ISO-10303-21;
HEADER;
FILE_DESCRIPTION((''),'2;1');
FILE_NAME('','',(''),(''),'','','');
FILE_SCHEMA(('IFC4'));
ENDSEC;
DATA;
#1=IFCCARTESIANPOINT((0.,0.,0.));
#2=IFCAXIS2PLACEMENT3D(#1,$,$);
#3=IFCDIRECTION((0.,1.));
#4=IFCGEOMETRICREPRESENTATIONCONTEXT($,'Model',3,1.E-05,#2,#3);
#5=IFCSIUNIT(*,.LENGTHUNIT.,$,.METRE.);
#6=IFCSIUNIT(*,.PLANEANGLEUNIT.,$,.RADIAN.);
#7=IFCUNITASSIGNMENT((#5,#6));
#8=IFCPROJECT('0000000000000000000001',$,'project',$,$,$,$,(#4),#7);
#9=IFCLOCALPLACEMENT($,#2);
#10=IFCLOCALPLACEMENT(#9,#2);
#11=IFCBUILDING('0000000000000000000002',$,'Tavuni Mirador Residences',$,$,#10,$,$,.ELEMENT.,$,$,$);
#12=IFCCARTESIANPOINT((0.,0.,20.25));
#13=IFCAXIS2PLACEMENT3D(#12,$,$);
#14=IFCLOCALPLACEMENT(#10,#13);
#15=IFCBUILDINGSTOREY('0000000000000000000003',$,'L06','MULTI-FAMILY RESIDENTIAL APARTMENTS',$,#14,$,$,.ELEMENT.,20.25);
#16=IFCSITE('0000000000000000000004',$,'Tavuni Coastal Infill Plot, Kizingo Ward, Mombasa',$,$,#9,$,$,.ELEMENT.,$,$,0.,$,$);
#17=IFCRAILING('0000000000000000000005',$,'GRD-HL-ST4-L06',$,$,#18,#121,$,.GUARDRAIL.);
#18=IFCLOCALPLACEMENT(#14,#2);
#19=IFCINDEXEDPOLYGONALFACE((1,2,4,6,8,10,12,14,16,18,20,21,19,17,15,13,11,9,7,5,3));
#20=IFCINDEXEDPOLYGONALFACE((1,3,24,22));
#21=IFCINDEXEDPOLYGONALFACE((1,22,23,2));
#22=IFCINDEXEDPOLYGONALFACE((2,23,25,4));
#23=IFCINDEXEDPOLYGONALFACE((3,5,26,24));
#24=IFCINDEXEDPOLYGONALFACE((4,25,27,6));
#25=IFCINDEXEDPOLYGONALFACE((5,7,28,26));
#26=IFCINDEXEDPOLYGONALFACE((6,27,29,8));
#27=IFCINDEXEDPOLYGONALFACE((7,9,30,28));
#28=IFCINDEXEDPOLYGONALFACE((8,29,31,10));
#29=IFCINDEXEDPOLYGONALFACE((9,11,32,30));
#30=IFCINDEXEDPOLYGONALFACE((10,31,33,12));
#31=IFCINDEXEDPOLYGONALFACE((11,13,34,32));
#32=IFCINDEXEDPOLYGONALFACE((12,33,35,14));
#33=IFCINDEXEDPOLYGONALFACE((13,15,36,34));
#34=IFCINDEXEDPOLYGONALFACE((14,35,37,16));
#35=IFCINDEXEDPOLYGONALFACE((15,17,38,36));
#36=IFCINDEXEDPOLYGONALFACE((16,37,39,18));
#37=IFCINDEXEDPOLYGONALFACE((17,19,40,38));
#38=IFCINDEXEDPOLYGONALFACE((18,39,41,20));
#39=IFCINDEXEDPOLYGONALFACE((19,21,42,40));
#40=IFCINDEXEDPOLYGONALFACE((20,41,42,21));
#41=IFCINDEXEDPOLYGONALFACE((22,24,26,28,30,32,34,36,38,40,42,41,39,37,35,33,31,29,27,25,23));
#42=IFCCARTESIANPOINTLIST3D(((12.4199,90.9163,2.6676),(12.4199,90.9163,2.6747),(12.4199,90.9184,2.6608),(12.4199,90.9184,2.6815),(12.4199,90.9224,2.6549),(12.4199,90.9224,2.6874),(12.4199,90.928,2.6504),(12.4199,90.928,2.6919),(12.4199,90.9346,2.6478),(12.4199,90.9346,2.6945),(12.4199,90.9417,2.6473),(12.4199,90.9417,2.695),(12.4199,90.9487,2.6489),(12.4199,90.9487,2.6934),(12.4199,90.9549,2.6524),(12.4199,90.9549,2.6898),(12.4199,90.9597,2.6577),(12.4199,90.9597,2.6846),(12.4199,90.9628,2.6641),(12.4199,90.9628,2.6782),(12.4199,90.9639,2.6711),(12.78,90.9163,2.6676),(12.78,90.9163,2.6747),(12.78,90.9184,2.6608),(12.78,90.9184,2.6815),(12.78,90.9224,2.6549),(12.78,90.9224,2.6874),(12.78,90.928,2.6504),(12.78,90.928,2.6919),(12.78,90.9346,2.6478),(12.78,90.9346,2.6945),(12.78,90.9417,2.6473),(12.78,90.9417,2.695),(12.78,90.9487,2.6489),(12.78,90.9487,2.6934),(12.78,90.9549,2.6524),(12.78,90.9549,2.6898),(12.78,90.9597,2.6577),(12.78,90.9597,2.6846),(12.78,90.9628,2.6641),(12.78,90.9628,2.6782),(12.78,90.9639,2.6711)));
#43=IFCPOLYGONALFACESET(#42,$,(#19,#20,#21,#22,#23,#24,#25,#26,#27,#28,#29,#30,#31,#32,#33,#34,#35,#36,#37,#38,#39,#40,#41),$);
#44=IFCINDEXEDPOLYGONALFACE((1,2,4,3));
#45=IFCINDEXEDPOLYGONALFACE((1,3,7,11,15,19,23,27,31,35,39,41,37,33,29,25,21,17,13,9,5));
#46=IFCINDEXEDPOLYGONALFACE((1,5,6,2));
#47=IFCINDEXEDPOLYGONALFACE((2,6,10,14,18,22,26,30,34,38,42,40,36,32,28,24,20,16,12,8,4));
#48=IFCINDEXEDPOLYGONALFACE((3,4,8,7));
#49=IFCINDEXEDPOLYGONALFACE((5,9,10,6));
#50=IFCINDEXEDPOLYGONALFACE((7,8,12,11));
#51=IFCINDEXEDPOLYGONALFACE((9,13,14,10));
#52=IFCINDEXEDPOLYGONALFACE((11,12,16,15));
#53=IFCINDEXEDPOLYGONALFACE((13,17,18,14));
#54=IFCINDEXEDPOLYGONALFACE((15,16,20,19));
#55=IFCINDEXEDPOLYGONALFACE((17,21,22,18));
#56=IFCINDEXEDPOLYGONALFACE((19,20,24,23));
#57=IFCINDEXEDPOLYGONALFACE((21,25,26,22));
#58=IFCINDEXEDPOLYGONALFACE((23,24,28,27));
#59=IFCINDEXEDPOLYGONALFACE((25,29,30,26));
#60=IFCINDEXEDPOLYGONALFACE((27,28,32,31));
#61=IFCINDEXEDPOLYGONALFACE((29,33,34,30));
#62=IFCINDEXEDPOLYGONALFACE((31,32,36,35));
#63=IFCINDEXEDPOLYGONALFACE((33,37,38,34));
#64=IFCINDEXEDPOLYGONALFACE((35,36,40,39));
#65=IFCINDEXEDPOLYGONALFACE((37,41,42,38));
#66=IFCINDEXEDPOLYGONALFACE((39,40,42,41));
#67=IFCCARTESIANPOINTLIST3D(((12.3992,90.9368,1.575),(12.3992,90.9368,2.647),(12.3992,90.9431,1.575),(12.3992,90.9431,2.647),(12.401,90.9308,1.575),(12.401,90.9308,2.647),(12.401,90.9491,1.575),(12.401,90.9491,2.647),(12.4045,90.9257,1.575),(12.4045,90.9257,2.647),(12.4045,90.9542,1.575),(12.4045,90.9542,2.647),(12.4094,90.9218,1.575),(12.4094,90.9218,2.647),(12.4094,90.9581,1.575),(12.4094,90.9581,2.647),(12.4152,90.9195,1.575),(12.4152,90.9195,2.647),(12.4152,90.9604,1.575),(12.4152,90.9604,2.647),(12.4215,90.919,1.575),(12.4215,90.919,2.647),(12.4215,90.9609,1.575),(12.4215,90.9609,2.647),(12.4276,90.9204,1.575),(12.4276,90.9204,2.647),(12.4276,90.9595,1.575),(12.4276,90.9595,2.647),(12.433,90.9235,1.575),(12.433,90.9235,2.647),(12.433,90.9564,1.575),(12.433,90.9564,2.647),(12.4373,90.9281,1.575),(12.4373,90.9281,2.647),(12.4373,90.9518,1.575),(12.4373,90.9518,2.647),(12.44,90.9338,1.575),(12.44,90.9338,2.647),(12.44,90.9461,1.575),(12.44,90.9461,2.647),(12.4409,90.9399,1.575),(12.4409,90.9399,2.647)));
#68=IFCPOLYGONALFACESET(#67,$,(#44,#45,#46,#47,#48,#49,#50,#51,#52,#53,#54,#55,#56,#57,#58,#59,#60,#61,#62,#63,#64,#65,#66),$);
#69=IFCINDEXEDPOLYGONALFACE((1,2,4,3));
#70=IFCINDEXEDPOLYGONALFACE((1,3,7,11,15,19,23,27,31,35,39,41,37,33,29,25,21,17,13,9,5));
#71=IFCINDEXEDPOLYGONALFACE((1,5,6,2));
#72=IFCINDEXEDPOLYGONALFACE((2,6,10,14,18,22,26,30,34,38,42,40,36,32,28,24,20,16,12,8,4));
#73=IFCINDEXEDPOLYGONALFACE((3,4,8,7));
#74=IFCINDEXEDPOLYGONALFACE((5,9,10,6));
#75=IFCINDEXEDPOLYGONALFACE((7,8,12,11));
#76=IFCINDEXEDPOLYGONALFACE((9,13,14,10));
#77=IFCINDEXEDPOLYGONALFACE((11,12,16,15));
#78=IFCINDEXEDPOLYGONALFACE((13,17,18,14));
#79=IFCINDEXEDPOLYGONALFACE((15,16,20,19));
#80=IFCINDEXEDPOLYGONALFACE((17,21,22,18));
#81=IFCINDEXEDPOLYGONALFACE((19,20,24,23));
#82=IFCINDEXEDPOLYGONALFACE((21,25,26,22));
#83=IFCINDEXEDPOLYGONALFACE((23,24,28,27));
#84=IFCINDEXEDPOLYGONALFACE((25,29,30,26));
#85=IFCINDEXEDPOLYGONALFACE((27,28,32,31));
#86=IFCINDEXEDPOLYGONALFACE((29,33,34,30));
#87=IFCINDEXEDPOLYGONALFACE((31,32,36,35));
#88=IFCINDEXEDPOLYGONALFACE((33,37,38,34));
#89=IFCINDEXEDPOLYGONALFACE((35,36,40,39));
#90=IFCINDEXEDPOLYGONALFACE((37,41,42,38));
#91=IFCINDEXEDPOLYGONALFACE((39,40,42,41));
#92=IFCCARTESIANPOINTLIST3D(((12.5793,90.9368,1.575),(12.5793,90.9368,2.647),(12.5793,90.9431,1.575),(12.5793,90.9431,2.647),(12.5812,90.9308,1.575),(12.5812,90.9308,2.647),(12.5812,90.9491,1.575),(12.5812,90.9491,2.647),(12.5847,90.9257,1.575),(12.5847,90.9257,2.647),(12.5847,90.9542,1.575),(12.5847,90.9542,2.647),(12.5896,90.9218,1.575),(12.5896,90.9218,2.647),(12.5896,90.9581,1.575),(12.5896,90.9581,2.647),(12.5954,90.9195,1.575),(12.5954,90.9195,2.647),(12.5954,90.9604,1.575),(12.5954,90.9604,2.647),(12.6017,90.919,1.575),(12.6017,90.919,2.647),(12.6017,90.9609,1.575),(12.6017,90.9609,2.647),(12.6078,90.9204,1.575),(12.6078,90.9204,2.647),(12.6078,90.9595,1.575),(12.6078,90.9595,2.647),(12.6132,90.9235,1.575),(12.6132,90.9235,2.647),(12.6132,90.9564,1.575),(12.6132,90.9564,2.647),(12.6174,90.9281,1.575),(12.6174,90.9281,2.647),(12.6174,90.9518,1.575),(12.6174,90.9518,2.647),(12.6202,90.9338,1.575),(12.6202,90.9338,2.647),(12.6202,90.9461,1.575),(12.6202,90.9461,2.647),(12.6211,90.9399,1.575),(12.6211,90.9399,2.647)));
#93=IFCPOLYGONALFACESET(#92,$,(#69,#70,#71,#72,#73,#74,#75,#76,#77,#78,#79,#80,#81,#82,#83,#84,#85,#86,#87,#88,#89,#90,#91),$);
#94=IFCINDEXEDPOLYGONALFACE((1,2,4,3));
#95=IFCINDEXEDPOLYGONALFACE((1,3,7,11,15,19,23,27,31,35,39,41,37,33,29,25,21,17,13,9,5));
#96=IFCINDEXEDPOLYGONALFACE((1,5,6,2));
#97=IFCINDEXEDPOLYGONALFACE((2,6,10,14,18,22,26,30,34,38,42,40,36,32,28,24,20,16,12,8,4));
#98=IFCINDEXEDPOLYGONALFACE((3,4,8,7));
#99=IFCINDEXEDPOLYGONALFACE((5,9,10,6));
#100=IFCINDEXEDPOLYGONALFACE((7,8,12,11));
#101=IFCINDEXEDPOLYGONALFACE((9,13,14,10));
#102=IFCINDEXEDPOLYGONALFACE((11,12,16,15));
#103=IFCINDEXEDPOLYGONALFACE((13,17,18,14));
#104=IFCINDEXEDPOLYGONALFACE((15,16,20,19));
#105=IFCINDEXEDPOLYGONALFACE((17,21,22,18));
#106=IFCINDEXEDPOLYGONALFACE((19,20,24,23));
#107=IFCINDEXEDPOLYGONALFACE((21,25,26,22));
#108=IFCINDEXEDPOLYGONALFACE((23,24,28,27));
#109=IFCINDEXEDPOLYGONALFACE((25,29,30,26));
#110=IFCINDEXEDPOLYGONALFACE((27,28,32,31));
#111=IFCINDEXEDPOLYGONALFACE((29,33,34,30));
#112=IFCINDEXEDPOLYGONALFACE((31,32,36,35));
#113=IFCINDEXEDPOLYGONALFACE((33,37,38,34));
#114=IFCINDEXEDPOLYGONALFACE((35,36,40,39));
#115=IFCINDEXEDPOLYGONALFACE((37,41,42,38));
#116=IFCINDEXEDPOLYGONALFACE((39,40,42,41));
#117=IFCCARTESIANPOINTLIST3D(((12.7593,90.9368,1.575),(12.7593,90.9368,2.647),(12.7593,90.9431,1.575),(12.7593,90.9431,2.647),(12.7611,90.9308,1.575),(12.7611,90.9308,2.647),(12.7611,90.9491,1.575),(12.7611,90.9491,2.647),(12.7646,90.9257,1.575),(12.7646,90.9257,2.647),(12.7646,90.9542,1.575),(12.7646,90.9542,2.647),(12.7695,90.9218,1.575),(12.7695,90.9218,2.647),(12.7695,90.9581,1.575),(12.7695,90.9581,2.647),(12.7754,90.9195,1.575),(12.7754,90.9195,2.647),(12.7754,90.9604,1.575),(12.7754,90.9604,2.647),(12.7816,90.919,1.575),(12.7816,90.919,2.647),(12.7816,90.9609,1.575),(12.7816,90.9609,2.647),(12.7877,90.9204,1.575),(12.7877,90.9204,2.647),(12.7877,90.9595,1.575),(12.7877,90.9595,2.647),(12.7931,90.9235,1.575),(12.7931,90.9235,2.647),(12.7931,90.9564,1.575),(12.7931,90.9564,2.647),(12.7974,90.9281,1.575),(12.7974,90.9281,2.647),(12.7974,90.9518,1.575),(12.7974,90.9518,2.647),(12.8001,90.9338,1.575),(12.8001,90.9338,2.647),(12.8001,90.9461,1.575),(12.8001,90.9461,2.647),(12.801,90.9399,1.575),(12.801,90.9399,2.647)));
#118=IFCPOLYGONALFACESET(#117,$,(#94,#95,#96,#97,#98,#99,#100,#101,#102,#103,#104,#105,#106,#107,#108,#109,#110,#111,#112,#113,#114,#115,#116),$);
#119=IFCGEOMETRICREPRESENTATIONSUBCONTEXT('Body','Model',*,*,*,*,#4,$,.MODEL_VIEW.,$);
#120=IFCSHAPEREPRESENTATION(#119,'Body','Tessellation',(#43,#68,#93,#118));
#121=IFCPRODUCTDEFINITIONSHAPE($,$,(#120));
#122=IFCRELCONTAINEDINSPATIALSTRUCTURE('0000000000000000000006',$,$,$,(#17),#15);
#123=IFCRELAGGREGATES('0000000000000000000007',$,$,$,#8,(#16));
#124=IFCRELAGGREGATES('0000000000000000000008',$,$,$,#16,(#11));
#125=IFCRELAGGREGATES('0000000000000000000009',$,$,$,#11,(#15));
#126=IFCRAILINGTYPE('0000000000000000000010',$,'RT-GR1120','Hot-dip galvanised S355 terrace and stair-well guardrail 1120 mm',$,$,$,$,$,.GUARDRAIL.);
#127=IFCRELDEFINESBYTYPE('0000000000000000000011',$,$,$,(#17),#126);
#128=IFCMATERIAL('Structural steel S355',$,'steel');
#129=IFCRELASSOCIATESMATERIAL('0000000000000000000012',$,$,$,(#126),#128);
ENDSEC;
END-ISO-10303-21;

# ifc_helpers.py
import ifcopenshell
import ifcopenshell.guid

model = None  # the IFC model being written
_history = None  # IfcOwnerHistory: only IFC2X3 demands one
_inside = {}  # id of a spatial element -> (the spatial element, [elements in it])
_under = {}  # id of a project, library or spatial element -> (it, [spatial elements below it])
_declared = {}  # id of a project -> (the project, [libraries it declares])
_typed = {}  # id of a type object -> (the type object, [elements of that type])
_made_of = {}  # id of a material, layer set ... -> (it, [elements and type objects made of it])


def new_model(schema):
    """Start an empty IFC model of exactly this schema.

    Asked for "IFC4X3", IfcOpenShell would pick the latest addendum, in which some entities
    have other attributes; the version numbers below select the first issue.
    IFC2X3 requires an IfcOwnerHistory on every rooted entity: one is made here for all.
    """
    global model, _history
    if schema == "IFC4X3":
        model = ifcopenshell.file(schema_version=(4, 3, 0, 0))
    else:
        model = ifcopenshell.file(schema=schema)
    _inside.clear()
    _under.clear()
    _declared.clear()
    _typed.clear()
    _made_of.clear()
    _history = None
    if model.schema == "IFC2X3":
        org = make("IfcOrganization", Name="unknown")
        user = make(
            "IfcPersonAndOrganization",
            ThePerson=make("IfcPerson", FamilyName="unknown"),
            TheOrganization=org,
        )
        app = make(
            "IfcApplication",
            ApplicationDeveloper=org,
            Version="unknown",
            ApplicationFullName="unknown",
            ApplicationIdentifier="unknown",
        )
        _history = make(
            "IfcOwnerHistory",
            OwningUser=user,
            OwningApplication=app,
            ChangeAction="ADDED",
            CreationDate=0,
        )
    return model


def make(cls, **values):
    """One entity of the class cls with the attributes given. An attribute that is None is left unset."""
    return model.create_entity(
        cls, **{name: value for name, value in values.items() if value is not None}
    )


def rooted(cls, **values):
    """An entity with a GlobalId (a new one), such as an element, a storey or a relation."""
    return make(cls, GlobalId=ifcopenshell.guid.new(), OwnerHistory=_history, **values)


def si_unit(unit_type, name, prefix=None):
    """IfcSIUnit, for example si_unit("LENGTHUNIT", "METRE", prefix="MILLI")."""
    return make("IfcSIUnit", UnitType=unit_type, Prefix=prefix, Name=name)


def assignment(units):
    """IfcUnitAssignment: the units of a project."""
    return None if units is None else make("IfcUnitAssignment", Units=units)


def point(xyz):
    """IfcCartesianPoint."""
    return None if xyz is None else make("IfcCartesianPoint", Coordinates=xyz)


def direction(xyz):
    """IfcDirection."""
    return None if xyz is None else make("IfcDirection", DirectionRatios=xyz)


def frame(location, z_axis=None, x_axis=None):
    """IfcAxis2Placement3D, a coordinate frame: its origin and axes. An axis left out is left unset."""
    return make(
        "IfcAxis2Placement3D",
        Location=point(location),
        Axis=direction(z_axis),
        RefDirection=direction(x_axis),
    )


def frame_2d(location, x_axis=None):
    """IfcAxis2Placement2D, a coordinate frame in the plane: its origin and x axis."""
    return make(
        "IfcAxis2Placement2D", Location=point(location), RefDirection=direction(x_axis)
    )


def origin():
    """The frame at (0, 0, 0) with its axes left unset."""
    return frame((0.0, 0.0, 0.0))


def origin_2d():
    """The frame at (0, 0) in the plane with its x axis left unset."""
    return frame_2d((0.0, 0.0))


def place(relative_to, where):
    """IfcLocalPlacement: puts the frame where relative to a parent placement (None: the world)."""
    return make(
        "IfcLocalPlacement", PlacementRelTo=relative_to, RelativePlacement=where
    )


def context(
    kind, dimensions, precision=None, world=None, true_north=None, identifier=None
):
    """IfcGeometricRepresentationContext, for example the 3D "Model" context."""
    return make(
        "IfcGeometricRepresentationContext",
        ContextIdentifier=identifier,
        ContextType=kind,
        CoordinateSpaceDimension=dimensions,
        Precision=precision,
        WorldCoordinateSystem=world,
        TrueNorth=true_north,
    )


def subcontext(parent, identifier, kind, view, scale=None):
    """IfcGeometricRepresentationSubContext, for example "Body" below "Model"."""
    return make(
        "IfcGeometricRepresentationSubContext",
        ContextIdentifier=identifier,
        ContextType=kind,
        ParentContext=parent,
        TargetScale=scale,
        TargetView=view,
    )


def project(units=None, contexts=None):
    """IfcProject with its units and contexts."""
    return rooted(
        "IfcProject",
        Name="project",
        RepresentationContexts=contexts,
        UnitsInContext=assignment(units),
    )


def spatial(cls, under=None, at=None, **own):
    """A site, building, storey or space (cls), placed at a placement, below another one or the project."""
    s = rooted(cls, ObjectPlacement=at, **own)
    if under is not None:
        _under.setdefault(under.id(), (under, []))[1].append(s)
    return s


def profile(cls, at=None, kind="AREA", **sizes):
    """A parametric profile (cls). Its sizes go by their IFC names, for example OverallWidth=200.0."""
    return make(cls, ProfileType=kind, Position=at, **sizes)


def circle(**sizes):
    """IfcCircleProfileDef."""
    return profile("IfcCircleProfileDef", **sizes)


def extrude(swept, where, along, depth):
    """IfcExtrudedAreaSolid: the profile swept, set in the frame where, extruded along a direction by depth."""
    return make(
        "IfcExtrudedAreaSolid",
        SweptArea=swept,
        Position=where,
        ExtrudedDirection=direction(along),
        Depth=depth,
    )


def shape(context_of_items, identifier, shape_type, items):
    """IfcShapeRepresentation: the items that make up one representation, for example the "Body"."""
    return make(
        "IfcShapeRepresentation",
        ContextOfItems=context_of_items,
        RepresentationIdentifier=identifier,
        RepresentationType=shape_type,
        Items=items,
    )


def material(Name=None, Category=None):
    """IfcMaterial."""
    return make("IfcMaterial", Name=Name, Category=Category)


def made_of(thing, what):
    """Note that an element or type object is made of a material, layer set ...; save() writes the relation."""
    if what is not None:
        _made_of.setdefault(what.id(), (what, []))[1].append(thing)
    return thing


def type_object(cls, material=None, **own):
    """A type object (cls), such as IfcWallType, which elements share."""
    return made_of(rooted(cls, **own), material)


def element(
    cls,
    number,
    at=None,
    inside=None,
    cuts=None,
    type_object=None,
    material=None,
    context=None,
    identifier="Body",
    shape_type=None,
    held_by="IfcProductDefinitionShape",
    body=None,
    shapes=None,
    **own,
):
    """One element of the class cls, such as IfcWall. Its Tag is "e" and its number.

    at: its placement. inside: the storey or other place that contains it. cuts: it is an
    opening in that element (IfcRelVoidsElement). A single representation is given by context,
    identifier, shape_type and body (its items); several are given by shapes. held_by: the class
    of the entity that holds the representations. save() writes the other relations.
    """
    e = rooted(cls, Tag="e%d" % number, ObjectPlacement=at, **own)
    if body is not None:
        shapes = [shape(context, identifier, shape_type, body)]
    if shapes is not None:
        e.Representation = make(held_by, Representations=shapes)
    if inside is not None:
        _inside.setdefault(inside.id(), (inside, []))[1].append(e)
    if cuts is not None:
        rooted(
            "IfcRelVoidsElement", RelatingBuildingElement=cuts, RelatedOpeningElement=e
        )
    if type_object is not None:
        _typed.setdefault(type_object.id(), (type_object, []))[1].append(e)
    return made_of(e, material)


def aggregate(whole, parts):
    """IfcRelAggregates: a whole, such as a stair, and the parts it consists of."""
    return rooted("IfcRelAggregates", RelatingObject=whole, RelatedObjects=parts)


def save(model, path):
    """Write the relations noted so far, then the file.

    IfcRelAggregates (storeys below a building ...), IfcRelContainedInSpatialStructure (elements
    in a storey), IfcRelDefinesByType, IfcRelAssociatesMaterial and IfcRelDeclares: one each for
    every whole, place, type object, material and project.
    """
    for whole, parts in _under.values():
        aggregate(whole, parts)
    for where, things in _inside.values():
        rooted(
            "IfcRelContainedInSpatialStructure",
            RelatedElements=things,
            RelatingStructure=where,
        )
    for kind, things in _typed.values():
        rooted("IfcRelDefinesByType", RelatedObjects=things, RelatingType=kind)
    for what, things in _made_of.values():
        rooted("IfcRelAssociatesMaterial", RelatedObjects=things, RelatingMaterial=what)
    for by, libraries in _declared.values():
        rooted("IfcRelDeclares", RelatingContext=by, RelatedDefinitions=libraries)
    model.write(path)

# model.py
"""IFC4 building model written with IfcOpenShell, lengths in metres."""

from ifc_helpers import new_model, si_unit, direction, frame, origin, origin_2d, place, context, subcontext, project, spatial, circle, extrude, material, type_object, element, save


model = new_model("IFC4")

# Units and contexts
model_context = context("Model", 3, precision=1e-05, world=origin(), true_north=direction((0.0, 1.0)))
body_context = subcontext(model_context, "Body", "Model", "MODEL_VIEW")
ifc_project = project(units=[si_unit("LENGTHUNIT", "METRE"), si_unit("PLANEANGLEUNIT", "RADIAN")], contexts=[model_context])

# Site, building, storey
site_placement = place(None, origin())
site = spatial("IfcSite", under=ifc_project, at=site_placement, Name="Tavuni Coastal Infill Plot, Kizingo Ward, Mombasa", CompositionType="ELEMENT", RefElevation=0.0)
building_placement = place(site_placement, origin())
building = spatial("IfcBuilding", under=site, at=building_placement, Name="Tavuni Mirador Residences", CompositionType="ELEMENT")
storey_placement = place(building_placement, frame((0.0, 0.0, 20.25)))
storey = spatial("IfcBuildingStorey", under=building, at=storey_placement, Name="L06", Description="MULTI-FAMILY RESIDENTIAL APARTMENTS", CompositionType="ELEMENT", Elevation=20.25)

# Shared definitions
ifc_material_1 = material(Name="Structural steel S355", Category="steel")

# Railing
railing_type_1 = type_object("IfcRailingType", Name="RT-GR1120", Description="Hot-dip galvanised S355 terrace and stair-well guardrail 1120 mm", PredefinedType="GUARDRAIL", material=ifc_material_1)
railing_1_placement = place(storey_placement, frame((12.4199, 90.9399, 1.575)))
element("IfcRailing", 1, at=railing_1_placement, inside=storey, type_object=railing_type_1, Name="GRD-HL-ST4-L06", PredefinedType="GUARDRAIL", context=body_context, shape_type="SweptSolid", body=[
    extrude(circle(Radius=0.0239, at=origin_2d()), frame((0.0, 0.0, 1.0962), z_axis=(1.0, 0.0, 0.0), x_axis=(0.0, 1.0, 0.0)), (0.0, 0.0, 1.0), 0.3601),
    extrude(circle(Radius=0.021, at=origin_2d()), origin(), (0.0, 0.0, 1.0), 1.072),
    extrude(circle(Radius=0.021, at=origin_2d()), frame((0.1802, 0.0, 0.0)), (0.0, 0.0, 1.0), 1.072),
    extrude(circle(Radius=0.021, at=origin_2d()), frame((0.3601, 0.0, 0.0)), (0.0, 0.0, 1.0), 1.072),
])

save(model, "model.ifc")
